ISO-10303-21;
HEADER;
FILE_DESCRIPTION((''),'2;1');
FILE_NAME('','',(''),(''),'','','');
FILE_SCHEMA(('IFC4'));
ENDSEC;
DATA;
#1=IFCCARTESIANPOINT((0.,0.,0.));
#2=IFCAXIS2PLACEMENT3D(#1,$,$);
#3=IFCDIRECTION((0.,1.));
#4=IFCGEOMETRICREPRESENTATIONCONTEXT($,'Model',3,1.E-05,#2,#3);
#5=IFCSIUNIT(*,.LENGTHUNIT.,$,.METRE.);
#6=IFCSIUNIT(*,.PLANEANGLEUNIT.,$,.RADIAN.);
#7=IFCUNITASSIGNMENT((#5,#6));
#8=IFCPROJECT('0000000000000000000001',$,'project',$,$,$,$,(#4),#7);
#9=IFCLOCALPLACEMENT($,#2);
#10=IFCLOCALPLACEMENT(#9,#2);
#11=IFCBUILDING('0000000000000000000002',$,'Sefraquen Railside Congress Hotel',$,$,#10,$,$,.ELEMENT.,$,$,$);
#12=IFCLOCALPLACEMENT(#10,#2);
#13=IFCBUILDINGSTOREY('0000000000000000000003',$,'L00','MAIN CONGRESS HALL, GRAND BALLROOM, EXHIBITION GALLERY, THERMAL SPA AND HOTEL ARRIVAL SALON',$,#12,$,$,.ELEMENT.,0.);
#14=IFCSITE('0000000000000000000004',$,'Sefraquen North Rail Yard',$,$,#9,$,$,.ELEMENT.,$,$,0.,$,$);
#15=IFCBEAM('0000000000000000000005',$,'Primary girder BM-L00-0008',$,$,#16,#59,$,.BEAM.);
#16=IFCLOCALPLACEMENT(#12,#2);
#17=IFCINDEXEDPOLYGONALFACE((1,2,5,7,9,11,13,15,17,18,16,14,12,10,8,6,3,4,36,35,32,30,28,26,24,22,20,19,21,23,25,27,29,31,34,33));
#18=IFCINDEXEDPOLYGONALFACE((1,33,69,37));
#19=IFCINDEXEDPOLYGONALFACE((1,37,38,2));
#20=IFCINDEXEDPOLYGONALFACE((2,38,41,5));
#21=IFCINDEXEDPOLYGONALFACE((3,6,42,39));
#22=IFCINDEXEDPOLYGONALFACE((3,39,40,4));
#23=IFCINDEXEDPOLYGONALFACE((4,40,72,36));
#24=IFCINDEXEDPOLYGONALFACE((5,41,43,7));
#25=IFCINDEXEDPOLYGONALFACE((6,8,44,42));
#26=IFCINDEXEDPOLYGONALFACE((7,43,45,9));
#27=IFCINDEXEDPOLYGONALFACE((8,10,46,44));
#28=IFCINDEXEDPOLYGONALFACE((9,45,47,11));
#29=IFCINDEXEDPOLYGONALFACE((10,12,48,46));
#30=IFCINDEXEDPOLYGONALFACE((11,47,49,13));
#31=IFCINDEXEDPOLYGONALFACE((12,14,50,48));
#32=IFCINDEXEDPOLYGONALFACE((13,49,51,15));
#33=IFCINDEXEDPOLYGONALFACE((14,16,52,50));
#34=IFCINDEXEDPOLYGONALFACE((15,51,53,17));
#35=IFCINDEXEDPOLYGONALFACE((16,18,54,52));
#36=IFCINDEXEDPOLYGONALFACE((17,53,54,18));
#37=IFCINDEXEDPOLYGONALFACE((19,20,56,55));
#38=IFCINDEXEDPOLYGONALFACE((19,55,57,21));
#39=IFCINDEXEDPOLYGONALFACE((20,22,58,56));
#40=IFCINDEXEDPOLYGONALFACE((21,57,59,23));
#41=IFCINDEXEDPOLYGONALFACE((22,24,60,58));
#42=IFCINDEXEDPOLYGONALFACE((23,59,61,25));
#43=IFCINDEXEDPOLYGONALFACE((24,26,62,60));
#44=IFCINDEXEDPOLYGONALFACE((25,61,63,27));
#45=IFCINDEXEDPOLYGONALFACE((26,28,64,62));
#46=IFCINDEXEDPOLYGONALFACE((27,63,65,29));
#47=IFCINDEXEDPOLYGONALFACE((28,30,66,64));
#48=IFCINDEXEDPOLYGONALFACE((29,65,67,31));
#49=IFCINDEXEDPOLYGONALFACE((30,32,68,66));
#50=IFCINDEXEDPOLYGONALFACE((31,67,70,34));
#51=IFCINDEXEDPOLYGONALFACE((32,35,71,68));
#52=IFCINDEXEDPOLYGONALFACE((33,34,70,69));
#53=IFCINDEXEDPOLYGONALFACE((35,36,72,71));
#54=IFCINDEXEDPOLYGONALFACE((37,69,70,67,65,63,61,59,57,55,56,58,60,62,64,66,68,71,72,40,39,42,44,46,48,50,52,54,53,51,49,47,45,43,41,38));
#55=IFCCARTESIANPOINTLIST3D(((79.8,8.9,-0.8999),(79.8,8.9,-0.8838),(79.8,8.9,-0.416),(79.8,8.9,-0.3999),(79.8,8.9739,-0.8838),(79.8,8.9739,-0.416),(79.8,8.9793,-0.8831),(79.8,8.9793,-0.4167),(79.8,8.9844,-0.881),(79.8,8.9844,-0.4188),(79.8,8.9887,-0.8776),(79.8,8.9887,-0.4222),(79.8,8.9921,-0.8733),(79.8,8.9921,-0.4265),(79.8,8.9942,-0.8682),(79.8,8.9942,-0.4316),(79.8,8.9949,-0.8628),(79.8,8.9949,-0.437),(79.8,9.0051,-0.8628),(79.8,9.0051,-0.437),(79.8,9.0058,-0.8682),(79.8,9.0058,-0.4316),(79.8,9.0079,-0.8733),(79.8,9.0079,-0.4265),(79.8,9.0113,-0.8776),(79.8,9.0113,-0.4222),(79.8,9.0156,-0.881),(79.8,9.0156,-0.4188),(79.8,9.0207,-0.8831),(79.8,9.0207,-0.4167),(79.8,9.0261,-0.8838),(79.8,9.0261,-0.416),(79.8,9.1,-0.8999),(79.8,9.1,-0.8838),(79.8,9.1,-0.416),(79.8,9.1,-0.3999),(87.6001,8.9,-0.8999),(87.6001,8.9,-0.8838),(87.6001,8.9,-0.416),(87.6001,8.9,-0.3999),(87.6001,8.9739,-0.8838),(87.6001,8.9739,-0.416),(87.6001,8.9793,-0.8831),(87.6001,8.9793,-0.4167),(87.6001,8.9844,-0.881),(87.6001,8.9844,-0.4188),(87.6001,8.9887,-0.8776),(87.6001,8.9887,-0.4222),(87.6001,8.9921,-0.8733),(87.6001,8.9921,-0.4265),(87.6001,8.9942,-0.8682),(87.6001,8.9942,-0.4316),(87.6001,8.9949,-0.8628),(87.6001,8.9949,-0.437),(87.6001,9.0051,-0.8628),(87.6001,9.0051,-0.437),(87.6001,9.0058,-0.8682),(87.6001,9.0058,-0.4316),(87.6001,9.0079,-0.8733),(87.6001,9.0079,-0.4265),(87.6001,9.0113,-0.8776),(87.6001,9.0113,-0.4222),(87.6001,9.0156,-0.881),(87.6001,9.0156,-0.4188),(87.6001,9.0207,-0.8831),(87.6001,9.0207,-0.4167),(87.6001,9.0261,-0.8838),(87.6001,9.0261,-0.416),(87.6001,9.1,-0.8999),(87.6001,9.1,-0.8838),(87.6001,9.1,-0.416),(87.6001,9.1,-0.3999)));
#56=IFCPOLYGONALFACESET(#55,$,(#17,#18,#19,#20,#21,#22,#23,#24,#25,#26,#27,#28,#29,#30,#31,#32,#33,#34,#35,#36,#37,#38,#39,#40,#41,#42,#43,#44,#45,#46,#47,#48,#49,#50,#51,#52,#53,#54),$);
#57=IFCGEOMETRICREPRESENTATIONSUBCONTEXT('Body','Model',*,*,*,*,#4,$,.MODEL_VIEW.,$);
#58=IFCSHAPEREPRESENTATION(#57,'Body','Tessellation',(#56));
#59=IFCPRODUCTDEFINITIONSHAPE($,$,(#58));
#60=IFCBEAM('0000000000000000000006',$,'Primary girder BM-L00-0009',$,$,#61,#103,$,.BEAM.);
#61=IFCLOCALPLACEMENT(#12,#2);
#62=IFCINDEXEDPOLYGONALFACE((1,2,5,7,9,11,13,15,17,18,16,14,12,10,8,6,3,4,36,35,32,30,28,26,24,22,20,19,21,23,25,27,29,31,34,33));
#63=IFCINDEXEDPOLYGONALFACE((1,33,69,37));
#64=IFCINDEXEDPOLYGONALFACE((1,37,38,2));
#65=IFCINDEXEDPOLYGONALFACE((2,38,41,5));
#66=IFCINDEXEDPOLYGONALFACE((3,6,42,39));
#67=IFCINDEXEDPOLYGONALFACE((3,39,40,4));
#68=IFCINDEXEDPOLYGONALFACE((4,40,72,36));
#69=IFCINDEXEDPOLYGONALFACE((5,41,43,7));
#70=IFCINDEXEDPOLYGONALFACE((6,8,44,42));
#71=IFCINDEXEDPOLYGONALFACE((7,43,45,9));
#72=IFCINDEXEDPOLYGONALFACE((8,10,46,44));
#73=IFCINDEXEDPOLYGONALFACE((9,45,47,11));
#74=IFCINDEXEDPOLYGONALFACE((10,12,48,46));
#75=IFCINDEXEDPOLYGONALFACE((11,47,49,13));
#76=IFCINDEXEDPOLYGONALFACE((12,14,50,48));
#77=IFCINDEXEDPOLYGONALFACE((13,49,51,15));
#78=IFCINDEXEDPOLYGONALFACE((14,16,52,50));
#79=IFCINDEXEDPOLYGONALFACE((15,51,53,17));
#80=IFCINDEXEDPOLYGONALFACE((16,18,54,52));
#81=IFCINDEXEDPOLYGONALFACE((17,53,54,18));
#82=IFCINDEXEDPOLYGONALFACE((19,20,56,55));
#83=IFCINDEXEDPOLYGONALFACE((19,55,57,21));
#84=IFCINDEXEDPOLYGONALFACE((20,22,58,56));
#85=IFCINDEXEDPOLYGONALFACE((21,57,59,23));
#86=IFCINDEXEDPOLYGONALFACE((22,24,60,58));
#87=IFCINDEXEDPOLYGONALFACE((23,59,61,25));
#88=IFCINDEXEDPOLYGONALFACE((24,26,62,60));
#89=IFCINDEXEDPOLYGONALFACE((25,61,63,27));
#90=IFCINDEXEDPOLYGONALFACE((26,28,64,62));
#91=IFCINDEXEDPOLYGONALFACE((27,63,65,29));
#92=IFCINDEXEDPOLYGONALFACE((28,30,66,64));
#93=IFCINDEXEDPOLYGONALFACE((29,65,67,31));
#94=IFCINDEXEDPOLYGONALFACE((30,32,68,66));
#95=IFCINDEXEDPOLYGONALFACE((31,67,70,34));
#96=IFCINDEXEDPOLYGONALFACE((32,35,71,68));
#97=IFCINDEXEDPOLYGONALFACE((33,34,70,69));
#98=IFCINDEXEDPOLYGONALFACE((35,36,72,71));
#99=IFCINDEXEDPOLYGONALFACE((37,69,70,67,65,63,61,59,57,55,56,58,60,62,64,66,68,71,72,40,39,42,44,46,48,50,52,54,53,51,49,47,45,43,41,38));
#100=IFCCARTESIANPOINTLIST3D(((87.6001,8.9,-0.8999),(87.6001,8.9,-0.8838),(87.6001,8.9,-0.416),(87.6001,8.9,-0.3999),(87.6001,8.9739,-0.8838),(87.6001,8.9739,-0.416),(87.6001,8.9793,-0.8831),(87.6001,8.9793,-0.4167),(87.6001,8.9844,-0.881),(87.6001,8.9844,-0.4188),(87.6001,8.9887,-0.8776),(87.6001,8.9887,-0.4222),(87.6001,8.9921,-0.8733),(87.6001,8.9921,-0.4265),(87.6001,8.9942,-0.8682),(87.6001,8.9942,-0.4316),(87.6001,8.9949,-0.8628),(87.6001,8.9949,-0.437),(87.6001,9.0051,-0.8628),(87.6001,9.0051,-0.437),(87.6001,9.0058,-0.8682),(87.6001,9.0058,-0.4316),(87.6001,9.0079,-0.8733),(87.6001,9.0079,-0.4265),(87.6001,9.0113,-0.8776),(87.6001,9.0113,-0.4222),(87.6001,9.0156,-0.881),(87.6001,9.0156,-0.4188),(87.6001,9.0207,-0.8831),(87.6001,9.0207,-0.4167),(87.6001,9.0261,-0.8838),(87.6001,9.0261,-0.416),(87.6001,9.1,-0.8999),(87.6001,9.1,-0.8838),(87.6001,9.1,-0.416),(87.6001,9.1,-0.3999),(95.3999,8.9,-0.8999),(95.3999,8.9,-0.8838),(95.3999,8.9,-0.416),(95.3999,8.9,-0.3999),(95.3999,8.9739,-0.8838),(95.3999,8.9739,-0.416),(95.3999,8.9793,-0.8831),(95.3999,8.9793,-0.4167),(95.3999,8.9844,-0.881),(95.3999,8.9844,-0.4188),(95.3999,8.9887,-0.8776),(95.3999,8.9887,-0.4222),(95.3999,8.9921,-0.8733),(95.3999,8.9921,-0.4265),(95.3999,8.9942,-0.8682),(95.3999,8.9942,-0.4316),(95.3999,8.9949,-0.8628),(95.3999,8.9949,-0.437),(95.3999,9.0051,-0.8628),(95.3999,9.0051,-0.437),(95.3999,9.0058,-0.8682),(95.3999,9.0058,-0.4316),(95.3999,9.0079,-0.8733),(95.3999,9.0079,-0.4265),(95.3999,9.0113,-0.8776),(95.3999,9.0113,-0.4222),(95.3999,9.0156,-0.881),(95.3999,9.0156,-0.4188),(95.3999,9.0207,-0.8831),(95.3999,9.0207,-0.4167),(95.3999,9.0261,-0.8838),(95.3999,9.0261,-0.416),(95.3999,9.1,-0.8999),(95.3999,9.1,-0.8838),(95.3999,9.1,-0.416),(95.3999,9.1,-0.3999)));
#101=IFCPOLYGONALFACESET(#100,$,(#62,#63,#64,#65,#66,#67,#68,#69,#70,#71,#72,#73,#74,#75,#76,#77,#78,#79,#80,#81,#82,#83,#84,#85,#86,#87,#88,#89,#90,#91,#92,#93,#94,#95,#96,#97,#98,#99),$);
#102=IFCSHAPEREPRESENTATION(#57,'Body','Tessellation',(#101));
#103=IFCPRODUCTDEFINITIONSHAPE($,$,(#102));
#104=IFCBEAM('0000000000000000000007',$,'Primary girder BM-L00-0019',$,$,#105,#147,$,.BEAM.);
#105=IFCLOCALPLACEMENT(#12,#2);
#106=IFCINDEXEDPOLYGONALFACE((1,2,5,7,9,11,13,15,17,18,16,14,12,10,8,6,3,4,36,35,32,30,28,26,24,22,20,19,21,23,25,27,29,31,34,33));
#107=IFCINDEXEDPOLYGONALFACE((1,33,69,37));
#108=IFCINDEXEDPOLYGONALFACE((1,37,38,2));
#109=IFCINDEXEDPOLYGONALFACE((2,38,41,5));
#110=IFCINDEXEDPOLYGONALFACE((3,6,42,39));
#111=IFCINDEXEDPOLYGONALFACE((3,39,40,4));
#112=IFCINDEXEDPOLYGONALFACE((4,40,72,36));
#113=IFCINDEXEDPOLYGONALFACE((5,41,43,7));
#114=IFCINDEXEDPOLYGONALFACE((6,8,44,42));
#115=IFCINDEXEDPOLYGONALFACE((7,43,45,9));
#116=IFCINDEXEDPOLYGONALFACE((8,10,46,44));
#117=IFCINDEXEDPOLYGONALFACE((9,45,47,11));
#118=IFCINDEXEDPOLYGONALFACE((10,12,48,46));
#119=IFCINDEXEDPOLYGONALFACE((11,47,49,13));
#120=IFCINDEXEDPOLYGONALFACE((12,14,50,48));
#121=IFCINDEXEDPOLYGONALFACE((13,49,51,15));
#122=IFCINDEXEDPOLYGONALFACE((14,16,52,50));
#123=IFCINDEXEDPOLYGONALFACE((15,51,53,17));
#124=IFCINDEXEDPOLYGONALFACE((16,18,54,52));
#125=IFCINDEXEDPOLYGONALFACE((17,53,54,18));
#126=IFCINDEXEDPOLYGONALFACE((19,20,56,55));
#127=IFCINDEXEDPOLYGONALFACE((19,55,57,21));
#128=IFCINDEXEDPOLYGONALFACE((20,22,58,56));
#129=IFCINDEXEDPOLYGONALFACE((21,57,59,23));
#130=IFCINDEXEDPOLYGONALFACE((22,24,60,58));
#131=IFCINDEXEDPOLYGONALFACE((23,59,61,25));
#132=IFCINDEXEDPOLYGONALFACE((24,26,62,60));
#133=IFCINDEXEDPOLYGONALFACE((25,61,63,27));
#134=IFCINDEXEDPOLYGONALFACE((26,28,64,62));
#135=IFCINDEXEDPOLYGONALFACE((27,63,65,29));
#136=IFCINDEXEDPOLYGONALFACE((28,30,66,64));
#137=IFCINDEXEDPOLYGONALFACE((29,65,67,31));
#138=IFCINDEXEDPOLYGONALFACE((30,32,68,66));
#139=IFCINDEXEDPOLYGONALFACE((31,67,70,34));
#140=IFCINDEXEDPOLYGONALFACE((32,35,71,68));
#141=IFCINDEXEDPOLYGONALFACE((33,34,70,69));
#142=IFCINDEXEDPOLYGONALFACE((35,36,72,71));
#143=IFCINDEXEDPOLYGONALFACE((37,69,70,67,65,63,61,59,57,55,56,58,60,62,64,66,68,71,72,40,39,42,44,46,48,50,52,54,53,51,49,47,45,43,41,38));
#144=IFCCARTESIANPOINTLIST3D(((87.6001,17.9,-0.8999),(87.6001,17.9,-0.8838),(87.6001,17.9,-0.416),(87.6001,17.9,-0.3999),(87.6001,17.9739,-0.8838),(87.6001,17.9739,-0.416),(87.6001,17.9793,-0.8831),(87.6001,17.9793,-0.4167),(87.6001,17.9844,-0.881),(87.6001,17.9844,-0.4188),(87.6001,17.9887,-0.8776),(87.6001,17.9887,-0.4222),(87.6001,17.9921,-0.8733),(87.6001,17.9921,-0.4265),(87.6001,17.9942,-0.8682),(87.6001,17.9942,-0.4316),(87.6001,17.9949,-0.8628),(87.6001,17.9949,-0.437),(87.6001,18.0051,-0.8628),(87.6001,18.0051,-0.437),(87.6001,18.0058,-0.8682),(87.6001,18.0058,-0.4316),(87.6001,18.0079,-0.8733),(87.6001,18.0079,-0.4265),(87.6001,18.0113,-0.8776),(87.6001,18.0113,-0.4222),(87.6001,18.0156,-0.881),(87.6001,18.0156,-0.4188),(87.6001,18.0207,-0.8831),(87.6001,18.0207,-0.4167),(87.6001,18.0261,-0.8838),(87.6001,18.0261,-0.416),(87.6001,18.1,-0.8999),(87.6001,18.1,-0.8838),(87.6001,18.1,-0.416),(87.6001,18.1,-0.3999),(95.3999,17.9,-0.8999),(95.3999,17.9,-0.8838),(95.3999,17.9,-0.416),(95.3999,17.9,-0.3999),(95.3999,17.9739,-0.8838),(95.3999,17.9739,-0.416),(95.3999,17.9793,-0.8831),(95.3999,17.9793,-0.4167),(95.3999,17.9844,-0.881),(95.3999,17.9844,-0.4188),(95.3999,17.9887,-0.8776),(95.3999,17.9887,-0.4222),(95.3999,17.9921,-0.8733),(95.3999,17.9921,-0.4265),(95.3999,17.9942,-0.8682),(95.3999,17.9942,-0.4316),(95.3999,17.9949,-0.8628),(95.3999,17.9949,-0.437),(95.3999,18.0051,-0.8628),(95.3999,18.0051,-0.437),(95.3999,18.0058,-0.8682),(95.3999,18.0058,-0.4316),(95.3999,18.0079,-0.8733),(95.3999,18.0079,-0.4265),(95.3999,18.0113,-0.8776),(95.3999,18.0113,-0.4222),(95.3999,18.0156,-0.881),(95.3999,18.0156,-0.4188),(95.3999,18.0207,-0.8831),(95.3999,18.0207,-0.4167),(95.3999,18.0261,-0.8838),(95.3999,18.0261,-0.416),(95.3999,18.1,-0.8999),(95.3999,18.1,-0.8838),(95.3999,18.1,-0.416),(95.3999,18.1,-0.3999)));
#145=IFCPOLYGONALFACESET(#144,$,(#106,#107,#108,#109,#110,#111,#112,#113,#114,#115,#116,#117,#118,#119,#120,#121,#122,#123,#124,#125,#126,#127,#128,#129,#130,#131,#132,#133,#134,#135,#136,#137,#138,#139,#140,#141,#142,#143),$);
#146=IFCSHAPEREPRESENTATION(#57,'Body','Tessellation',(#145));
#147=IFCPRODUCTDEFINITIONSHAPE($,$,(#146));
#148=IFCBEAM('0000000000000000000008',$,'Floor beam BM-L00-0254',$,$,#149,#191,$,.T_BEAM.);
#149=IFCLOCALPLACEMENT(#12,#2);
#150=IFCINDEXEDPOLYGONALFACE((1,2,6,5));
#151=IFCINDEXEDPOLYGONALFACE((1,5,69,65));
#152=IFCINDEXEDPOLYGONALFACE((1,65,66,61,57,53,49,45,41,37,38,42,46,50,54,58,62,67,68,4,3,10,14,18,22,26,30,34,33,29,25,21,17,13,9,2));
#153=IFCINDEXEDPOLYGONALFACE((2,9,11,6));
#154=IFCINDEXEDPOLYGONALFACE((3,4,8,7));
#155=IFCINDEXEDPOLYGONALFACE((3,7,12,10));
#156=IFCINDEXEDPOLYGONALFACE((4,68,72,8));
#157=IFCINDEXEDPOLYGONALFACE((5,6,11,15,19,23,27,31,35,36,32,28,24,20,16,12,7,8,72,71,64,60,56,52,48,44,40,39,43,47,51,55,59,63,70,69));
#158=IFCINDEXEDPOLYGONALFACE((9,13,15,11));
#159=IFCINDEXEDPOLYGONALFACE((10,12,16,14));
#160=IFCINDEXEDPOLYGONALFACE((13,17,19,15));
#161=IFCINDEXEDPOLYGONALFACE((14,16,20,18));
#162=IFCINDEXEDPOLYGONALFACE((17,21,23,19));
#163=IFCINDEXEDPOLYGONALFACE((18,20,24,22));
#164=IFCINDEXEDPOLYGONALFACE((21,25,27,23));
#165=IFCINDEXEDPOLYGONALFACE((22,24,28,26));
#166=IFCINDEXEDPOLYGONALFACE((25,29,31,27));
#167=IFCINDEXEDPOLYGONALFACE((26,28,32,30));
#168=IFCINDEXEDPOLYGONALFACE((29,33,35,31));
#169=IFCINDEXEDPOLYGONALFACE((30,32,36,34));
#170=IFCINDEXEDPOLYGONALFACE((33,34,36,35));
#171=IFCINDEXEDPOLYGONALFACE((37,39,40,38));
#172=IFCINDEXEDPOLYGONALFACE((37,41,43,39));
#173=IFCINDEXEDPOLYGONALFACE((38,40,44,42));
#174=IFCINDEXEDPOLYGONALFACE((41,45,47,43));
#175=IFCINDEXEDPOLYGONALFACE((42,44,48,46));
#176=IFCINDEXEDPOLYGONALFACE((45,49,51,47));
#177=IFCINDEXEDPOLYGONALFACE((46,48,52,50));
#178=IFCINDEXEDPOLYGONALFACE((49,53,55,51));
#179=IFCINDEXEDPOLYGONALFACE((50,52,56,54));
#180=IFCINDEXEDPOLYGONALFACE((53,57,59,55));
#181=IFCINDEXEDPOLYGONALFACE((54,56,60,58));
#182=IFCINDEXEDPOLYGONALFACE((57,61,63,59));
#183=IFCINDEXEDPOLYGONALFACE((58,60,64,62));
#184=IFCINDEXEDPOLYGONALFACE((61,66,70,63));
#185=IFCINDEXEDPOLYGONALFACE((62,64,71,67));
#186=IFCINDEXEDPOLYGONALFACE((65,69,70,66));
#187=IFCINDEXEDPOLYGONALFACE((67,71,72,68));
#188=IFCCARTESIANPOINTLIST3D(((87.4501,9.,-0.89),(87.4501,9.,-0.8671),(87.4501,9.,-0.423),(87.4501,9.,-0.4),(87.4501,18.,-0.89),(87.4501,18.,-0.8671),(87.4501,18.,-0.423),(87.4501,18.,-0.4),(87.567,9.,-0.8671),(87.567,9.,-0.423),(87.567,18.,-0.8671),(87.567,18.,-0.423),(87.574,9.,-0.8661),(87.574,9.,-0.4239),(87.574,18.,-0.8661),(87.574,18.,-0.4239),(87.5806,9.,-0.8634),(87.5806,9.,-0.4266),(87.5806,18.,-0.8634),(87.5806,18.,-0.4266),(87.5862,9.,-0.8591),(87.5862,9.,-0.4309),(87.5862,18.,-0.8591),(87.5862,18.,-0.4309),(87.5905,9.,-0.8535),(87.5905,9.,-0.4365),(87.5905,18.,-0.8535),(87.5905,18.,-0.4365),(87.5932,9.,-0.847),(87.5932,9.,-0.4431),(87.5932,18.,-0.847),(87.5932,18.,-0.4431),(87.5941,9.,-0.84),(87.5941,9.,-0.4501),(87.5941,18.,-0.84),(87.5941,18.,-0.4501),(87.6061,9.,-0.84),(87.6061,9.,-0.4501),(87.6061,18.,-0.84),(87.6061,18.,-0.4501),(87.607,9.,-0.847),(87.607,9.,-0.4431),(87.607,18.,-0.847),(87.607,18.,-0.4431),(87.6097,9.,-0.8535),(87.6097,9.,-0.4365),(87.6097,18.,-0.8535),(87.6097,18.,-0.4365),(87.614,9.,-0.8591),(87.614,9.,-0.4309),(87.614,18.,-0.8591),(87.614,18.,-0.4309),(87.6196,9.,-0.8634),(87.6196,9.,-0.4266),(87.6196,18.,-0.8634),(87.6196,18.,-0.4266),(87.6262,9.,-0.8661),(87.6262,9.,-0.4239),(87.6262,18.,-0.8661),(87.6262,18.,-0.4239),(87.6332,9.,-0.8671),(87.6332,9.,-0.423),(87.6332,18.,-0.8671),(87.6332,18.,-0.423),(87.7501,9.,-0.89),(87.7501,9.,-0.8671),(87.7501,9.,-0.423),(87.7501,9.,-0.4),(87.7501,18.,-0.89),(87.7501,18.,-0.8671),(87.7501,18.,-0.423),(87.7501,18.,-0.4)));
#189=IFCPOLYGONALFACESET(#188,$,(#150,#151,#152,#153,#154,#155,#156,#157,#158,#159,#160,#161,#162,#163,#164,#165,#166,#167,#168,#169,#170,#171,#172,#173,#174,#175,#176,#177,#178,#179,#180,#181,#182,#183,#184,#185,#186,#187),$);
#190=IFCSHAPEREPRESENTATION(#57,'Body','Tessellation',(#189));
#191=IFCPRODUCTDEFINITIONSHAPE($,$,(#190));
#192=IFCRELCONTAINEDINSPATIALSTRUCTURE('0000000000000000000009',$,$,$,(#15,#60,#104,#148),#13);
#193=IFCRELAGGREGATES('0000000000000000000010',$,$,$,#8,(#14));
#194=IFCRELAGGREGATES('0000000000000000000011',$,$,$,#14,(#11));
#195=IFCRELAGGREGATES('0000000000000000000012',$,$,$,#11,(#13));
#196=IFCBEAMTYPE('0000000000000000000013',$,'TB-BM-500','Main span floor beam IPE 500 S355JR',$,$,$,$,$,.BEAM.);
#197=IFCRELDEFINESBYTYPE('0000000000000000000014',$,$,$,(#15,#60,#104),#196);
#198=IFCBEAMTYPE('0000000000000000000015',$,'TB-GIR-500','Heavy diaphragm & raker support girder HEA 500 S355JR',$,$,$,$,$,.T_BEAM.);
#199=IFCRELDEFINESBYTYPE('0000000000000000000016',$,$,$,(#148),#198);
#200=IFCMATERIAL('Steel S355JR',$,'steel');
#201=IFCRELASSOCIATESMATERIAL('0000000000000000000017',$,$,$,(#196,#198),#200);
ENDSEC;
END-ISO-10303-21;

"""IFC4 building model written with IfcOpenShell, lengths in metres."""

from ifc_helpers import new_model, si_unit, direction, frame, origin, origin_2d, place, context, subcontext, project, spatial, i_section, extrude, material, material_profile, profile_set, type_object, element, save


model = new_model("IFC4")

# Units and contexts
model_context = context("Model", 3, precision=1e-05, world=origin(), true_north=direction((0.0, 1.0)))
body_context = subcontext(model_context, "Body", "Model", "MODEL_VIEW")
ifc_project = project(units=[si_unit("LENGTHUNIT", "METRE"), si_unit("PLANEANGLEUNIT", "RADIAN")], contexts=[model_context])

# Site, building, storey
site_placement = place(None, origin())
site = spatial("IfcSite", under=ifc_project, at=site_placement, Name="Sefraquen North Rail Yard", CompositionType="ELEMENT", RefElevation=0.0)
building_placement = place(site_placement, origin())
building = spatial("IfcBuilding", under=site, at=building_placement, Name="Sefraquen Railside Congress Hotel", CompositionType="ELEMENT")
storey_placement = place(building_placement, origin())
storey = spatial("IfcBuildingStorey", under=building, at=storey_placement, Name="L00", Description="MAIN CONGRESS HALL, GRAND BALLROOM, EXHIBITION GALLERY, THERMAL SPA AND HOTEL ARRIVAL SALON", CompositionType="ELEMENT", Elevation=0.0)

# Shared definitions
ifc_material_1 = material(Name="Steel S355JR", Category="steel")

# Beams
ifc_material_profile_1 = material_profile(ifc_material_1, i_section(OverallWidth=0.2, OverallDepth=0.5, WebThickness=0.0103, FlangeThickness=0.0161, FilletRadius=0.021, at=origin_2d()), Name="IPE 500")
ifc_profile_set_1 = profile_set([ifc_material_profile_1], Name="Steel S355JR")
beam_type_1 = type_object("IfcBeamType", Name="TB-BM-500", Description="Main span floor beam IPE 500 S355JR", PredefinedType="BEAM", material=ifc_profile_set_1)
beam_1_placement = place(storey_placement, frame((79.8, 9.0, -0.6499), z_axis=(1.0, 0.0, 0.0), x_axis=(0.0, 1.0, 0.0)))
element("IfcBeam", 1, at=beam_1_placement, inside=storey, type_object=beam_type_1, Name="Primary girder BM-L00-0008", PredefinedType="BEAM", context=body_context, shape_type="SweptSolid", body=[
    extrude(i_section(OverallWidth=0.2, OverallDepth=0.5, WebThickness=0.0103, FlangeThickness=0.0161, FilletRadius=0.021, at=origin_2d()), origin(), (0.0, 0.0, 1.0), 7.8),
])
for number, where, z_axis, x_axis, name in (
    (2, (87.6001, 9.0, -0.6499), (1.0, 0.0, 0.0), (0.0, 1.0, 0.0), "Primary girder BM-L00-0009"),
    (3, (87.6001, 18.0, -0.6499), (1.0, 0.0, 0.0), (0.0, 1.0, 0.0), "Primary girder BM-L00-0019"),
):
    element("IfcBeam", number, at=place(storey_placement, frame(where, z_axis=z_axis, x_axis=x_axis)), inside=storey, type_object=beam_type_1, Name=name, PredefinedType="BEAM", context=body_context, shape_type="SweptSolid", body=[
        extrude(i_section(OverallWidth=0.2, OverallDepth=0.5, WebThickness=0.0103, FlangeThickness=0.0161, FilletRadius=0.021, at=origin_2d()), origin(), (0.0, 0.0, 1.0), 7.7998),
    ])
ifc_material_profile_2 = material_profile(ifc_material_1, i_section(OverallWidth=0.3, OverallDepth=0.49, WebThickness=0.012, FlangeThickness=0.0229, FilletRadius=0.0271, at=origin_2d()), Name="HEA 500")
ifc_profile_set_2 = profile_set([ifc_material_profile_2], Name="Steel S355JR")
beam_type_2 = type_object("IfcBeamType", Name="TB-GIR-500", Description="Heavy diaphragm & raker support girder HEA 500 S355JR", PredefinedType="T_BEAM", material=ifc_profile_set_2)
for number, where, z_axis, x_axis, name in (
    (4, (87.6001, 9.0, -0.645), (0.0, 1.0, 0.0), (-1.0, 0.0, 0.0), "Floor beam BM-L00-0254"),
):
    element("IfcBeam", number, at=place(storey_placement, frame(where, z_axis=z_axis, x_axis=x_axis)), inside=storey, type_object=beam_type_2, Name=name, PredefinedType="T_BEAM", context=body_context, shape_type="SweptSolid", body=[
        extrude(i_section(OverallWidth=0.3, OverallDepth=0.49, WebThickness=0.012, FlangeThickness=0.0229, FilletRadius=0.0271, at=origin_2d()), origin(), (0.0, 0.0, 1.0), 9.0),
    ])

save(model, "model.ifc")
